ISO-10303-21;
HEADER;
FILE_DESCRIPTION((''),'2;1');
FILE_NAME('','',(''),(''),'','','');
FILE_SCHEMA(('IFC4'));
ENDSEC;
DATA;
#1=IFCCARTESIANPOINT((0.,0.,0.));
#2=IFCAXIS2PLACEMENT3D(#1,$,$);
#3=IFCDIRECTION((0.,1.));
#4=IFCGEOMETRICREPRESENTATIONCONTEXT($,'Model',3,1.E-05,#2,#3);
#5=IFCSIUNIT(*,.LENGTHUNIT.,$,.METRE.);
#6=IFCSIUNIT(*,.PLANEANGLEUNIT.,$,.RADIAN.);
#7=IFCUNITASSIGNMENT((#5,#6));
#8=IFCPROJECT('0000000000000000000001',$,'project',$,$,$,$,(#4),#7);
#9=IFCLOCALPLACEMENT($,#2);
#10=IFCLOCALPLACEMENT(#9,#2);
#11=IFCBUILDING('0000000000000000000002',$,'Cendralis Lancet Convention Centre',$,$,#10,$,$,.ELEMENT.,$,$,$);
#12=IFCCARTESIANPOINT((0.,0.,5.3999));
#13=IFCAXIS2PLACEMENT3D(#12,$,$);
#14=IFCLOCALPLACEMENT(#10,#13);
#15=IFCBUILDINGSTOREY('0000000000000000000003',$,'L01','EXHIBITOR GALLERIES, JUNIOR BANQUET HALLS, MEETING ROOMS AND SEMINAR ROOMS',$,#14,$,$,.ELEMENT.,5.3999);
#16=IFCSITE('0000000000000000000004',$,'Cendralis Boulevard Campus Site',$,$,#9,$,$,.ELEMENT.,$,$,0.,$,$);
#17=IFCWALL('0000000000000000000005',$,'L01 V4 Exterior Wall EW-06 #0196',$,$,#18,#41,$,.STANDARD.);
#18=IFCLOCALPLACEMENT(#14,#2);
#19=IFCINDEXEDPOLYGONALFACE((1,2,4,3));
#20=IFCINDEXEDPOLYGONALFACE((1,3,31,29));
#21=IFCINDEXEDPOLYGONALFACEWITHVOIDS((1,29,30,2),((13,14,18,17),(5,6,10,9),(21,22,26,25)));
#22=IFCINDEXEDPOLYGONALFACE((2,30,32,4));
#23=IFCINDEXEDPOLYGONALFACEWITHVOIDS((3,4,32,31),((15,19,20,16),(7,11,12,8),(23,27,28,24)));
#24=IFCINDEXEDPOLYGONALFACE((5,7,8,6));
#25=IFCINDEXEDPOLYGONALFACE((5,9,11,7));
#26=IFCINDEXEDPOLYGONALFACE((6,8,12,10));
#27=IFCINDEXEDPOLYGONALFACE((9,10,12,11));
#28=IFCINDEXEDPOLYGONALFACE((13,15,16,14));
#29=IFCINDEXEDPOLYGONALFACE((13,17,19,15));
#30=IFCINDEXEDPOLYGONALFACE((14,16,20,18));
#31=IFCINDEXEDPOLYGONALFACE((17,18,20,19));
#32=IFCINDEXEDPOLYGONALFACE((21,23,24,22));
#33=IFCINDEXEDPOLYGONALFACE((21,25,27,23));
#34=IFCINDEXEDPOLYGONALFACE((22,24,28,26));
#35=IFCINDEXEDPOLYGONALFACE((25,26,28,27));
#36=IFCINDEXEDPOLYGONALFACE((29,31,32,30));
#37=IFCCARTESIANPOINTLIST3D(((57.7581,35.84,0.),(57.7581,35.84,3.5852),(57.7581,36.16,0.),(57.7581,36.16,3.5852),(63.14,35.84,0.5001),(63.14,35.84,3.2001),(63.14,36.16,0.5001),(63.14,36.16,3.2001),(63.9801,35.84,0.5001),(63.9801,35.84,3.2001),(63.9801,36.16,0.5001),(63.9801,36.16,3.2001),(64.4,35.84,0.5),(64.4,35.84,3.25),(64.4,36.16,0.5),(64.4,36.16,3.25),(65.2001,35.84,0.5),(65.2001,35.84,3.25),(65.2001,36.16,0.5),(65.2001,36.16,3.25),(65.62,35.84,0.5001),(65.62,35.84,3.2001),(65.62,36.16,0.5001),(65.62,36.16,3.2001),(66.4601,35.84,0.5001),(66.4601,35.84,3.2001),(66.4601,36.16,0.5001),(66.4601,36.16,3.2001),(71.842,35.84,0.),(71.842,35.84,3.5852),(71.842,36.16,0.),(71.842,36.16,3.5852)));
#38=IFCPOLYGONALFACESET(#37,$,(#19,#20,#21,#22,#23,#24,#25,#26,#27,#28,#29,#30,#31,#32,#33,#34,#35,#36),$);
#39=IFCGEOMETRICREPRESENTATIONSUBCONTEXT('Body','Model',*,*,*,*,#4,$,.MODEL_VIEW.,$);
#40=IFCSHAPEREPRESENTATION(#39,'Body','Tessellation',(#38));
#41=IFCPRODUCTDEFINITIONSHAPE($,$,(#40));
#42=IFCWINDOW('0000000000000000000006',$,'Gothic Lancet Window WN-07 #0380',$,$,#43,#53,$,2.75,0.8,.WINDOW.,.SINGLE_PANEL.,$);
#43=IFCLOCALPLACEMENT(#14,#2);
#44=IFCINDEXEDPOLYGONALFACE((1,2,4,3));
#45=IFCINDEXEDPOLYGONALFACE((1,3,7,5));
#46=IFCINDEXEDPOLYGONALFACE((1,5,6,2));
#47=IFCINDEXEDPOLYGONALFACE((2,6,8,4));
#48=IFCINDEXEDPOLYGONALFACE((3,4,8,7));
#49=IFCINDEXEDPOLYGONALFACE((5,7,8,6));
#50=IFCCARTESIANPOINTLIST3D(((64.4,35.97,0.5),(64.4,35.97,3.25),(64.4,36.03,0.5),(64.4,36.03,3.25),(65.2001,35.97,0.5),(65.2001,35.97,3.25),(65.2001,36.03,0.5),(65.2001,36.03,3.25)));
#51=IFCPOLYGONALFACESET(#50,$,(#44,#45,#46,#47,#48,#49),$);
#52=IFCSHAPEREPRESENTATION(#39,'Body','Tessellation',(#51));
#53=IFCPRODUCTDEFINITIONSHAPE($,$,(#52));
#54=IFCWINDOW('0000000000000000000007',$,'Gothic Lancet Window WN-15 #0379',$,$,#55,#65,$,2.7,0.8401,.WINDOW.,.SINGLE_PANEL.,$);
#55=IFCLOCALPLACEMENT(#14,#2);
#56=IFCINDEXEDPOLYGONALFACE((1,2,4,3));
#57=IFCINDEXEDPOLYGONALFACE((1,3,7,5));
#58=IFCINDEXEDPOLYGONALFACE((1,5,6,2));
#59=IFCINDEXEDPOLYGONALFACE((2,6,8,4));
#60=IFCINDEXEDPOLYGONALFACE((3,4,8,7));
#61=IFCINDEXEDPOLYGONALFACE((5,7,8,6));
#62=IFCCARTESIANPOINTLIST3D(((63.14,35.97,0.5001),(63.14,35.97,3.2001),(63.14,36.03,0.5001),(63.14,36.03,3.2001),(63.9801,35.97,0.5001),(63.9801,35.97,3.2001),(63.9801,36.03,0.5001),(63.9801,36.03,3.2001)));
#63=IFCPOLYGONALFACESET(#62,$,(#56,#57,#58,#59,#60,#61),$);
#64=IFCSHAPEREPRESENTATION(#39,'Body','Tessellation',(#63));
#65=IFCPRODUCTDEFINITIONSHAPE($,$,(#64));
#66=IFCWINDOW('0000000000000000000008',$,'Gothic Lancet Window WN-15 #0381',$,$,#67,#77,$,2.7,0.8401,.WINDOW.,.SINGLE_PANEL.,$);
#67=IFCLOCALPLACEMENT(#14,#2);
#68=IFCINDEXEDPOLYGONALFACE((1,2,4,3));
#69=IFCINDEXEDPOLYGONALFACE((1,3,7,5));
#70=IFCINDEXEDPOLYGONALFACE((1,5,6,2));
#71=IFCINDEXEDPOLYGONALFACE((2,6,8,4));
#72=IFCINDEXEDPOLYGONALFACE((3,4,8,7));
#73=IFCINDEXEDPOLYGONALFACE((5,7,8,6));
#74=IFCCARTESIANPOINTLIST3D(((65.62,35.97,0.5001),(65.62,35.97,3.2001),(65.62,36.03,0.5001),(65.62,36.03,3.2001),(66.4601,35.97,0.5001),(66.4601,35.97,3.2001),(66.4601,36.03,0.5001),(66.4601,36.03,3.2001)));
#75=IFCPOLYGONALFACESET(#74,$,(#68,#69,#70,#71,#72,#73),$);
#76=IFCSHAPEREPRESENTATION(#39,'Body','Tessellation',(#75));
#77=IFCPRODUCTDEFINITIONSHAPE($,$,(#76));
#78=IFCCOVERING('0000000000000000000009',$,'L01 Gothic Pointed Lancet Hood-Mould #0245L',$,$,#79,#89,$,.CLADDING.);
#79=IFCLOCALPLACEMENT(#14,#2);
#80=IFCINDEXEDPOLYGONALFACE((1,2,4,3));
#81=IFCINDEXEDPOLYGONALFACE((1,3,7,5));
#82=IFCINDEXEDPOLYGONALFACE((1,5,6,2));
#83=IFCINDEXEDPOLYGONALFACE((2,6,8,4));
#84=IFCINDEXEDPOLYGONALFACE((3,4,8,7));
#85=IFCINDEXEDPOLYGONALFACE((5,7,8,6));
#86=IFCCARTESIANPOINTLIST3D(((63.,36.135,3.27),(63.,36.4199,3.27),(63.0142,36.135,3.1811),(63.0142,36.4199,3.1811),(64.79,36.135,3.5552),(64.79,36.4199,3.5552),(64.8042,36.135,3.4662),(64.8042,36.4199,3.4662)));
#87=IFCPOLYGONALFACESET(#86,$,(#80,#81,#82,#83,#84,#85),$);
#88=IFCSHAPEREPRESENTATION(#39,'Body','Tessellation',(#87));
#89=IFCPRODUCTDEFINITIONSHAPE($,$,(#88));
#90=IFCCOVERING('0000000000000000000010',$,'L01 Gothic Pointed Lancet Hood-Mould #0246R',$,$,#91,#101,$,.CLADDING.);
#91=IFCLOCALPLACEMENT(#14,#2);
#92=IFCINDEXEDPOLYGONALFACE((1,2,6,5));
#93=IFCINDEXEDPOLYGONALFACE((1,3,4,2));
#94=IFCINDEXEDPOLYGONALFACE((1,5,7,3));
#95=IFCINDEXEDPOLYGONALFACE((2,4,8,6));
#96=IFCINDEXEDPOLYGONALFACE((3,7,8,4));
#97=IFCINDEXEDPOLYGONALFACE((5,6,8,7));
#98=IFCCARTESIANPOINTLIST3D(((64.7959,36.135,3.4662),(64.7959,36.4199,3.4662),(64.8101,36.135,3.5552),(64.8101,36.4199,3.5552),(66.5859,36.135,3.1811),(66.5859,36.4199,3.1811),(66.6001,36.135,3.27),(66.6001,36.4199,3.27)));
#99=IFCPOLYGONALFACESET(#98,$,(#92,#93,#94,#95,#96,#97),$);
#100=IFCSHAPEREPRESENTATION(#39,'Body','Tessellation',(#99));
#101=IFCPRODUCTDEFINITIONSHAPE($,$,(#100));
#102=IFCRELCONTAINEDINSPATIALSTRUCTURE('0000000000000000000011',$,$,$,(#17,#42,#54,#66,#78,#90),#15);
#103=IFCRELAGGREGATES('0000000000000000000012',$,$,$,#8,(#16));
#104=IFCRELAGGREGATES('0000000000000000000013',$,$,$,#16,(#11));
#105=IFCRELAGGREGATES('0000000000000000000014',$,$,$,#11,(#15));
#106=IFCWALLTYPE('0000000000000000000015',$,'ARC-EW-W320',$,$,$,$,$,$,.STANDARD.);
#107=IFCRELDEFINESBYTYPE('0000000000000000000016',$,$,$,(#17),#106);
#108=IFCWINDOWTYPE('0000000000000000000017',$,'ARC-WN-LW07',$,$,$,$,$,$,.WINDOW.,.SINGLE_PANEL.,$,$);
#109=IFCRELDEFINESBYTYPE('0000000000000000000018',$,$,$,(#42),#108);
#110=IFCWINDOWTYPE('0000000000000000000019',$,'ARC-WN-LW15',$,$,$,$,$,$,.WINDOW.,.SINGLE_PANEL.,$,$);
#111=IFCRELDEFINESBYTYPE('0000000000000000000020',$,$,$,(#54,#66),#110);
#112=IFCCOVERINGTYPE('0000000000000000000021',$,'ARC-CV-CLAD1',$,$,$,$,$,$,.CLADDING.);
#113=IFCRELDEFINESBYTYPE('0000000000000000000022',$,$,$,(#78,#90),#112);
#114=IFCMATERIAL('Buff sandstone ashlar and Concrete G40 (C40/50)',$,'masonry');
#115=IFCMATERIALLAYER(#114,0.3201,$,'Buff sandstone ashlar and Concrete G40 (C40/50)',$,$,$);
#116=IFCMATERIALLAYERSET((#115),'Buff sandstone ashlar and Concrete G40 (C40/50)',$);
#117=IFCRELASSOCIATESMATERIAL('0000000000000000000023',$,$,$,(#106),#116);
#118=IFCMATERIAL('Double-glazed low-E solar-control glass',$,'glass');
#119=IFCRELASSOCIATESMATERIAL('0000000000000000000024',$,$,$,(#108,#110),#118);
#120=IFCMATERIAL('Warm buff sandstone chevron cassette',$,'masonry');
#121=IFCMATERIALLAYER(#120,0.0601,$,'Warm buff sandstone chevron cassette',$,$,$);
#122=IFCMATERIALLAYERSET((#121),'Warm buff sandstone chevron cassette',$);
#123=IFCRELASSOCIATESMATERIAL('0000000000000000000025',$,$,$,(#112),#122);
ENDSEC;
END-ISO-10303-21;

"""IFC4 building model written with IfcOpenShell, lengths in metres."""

from ifc_helpers import new_model, si_unit, direction, frame, frame_2d, origin, place, context, subcontext, project, spatial, polyline, rectangle, outline, extrude, material, layer, layer_set, type_object, element, fill, save


model = new_model("IFC4")

# Units and contexts
model_context = context("Model", 3, precision=1e-05, world=origin(), true_north=direction((0.0, 1.0)))
body_context = subcontext(model_context, "Body", "Model", "MODEL_VIEW")
ifc_project = project(units=[si_unit("LENGTHUNIT", "METRE"), si_unit("PLANEANGLEUNIT", "RADIAN")], contexts=[model_context])

# Site, building, storey
site_placement = place(None, origin())
site = spatial("IfcSite", under=ifc_project, at=site_placement, Name="Cendralis Boulevard Campus Site", CompositionType="ELEMENT", RefElevation=0.0)
building_placement = place(site_placement, origin())
building = spatial("IfcBuilding", under=site, at=building_placement, Name="Cendralis Lancet Convention Centre", CompositionType="ELEMENT")
storey_placement = place(building_placement, frame((0.0, 0.0, 5.3999)))
storey = spatial("IfcBuildingStorey", under=building, at=storey_placement, Name="L01", Description="EXHIBITOR GALLERIES, JUNIOR BANQUET HALLS, MEETING ROOMS AND SEMINAR ROOMS", CompositionType="ELEMENT", Elevation=5.3999)

# Shared definitions
ifc_material_1 = material(Name="Double-glazed low-E solar-control glass", Category="glass")

# Wall, openings, windows
ifc_material_2 = material(Name="Buff sandstone ashlar and Concrete G40 (C40/50)", Category="masonry")
ifc_layer_1 = layer(ifc_material_2, 0.3201, Name="Buff sandstone ashlar and Concrete G40 (C40/50)")
ifc_layer_set_1 = layer_set([ifc_layer_1], Name="Buff sandstone ashlar and Concrete G40 (C40/50)")
wall_type = type_object("IfcWallType", Name="ARC-EW-W320", PredefinedType="STANDARD", material=ifc_layer_set_1)
wall_placement = place(storey_placement, frame((57.7581, 36.0, 0.0), z_axis=(0.0, 0.0, 1.0), x_axis=(1.0, 0.0, 0.0)))
wall = element("IfcWall", 1, at=wall_placement, inside=storey, type_object=wall_type, Name="L01 V4 Exterior Wall EW-06 #0196", PredefinedType="STANDARD", context=body_context, shape_type="SweptSolid", body=[
    extrude(rectangle(XDim=14.084, YDim=0.3201, at=frame_2d((7.042, 0.0))), origin(), (0.0, 0.0, 1.0), 3.5852),
])
opening_1_placement = place(wall_placement, frame((5.3821, 0.0, 0.5)))
opening_1 = element("IfcOpeningElement", 2, at=opening_1_placement, cuts=wall, PredefinedType="OPENING", context=body_context, shape_type="SweptSolid", body=[
    extrude(rectangle(XDim=0.8401, YDim=2.7, at=frame_2d((0.4199, 1.3501))), frame((0.0, 0.1699, 0.0), z_axis=(0.0, -1.0, 0.0), x_axis=(1.0, 0.0, 0.0)), (0.0, 0.0, 1.0), 0.3401),
])
opening_2_placement = place(wall_placement, frame((6.6421, 0.0, 0.5)))
opening_2 = element("IfcOpeningElement", 3, at=opening_2_placement, cuts=wall, PredefinedType="OPENING", context=body_context, shape_type="SweptSolid", body=[
    extrude(rectangle(XDim=0.8, YDim=2.75, at=frame_2d((0.3999, 1.375))), frame((0.0, 0.1699, 0.0), z_axis=(0.0, -1.0, 0.0), x_axis=(1.0, 0.0, 0.0)), (0.0, 0.0, 1.0), 0.3401),
])
opening_3_placement = place(wall_placement, frame((7.8621, 0.0, 0.5)))
opening_3 = element("IfcOpeningElement", 4, at=opening_3_placement, cuts=wall, PredefinedType="OPENING", context=body_context, shape_type="SweptSolid", body=[
    extrude(rectangle(XDim=0.8401, YDim=2.7, at=frame_2d((0.4199, 1.3501))), frame((0.0, 0.1699, 0.0), z_axis=(0.0, -1.0, 0.0), x_axis=(1.0, 0.0, 0.0)), (0.0, 0.0, 1.0), 0.3401),
])
window_type_1 = type_object("IfcWindowType", Name="ARC-WN-LW07", PartitioningType="SINGLE_PANEL", PredefinedType="WINDOW", material=ifc_material_1)
window_1_placement = place(opening_2_placement, origin())
window_1 = element("IfcWindow", 5, at=window_1_placement, inside=storey, type_object=window_type_1, Name="Gothic Lancet Window WN-07 #0380", OverallHeight=2.75, OverallWidth=0.8, PartitioningType="SINGLE_PANEL", PredefinedType="WINDOW", context=body_context, shape_type="SweptSolid", body=[
    extrude(rectangle(XDim=0.8, YDim=2.75, at=frame_2d((0.3999, 1.375))), frame((0.0, 0.03, 0.0), z_axis=(0.0, -1.0, 0.0), x_axis=(1.0, 0.0, 0.0)), (0.0, 0.0, 1.0), 0.0601),
])
fill(opening_2, window_1)
window_type_2 = type_object("IfcWindowType", Name="ARC-WN-LW15", PartitioningType="SINGLE_PANEL", PredefinedType="WINDOW", material=ifc_material_1)
window_2_placement = place(opening_1_placement, origin())
window_2 = element("IfcWindow", 6, at=window_2_placement, inside=storey, type_object=window_type_2, Name="Gothic Lancet Window WN-15 #0379", OverallHeight=2.7, OverallWidth=0.8401, PartitioningType="SINGLE_PANEL", PredefinedType="WINDOW", context=body_context, shape_type="SweptSolid", body=[
    extrude(rectangle(XDim=0.8401, YDim=2.7, at=frame_2d((0.4199, 1.3501))), frame((0.0, 0.03, 0.0), z_axis=(0.0, -1.0, 0.0), x_axis=(1.0, 0.0, 0.0)), (0.0, 0.0, 1.0), 0.0601),
])
fill(opening_1, window_2)
window_3_placement = place(opening_3_placement, origin())
window_3 = element("IfcWindow", 7, at=window_3_placement, inside=storey, type_object=window_type_2, Name="Gothic Lancet Window WN-15 #0381", OverallHeight=2.7, OverallWidth=0.8401, PartitioningType="SINGLE_PANEL", PredefinedType="WINDOW", context=body_context, shape_type="SweptSolid", body=[
    extrude(rectangle(XDim=0.8401, YDim=2.7, at=frame_2d((0.4199, 1.3501))), frame((0.0, 0.03, 0.0), z_axis=(0.0, -1.0, 0.0), x_axis=(1.0, 0.0, 0.0)), (0.0, 0.0, 1.0), 0.0601),
])
fill(opening_3, window_3)

# Coverings
ifc_material_3 = material(Name="Warm buff sandstone chevron cassette", Category="masonry")
ifc_layer_2 = layer(ifc_material_3, 0.0601, Name="Warm buff sandstone chevron cassette")
ifc_layer_set_2 = layer_set([ifc_layer_2], Name="Warm buff sandstone chevron cassette")
covering_type = type_object("IfcCoveringType", Name="ARC-CV-CLAD1", PredefinedType="CLADDING", material=ifc_layer_set_2)
for number, where, z_axis, x_axis, name in (
    (8, (63.0, 36.4199, 3.27), (-0.157318, 0.0, 0.987548), (0.0, -1.0, 0.0), "L01 Gothic Pointed Lancet Hood-Mould #0245L"),
    (9, (64.8101, 36.4199, 3.5552), (0.157318, 0.0, 0.987548), (0.0, -1.0, 0.0), "L01 Gothic Pointed Lancet Hood-Mould #0246R"),
):
    element("IfcCovering", number, at=place(storey_placement, frame(where, z_axis=z_axis, x_axis=x_axis)), inside=storey, type_object=covering_type, Name=name, PredefinedType="CLADDING", context=body_context, shape_type="SweptSolid", body=[
        extrude(outline(polyline([(0.0, 0.0), (0.2849, 0.0), (0.2849, 1.8126), (0.0, 1.8126), (0.0, 0.0)])), origin(), (0.0, 0.0, -1.0), 0.0901),
    ])

save(model, "model.ifc")
